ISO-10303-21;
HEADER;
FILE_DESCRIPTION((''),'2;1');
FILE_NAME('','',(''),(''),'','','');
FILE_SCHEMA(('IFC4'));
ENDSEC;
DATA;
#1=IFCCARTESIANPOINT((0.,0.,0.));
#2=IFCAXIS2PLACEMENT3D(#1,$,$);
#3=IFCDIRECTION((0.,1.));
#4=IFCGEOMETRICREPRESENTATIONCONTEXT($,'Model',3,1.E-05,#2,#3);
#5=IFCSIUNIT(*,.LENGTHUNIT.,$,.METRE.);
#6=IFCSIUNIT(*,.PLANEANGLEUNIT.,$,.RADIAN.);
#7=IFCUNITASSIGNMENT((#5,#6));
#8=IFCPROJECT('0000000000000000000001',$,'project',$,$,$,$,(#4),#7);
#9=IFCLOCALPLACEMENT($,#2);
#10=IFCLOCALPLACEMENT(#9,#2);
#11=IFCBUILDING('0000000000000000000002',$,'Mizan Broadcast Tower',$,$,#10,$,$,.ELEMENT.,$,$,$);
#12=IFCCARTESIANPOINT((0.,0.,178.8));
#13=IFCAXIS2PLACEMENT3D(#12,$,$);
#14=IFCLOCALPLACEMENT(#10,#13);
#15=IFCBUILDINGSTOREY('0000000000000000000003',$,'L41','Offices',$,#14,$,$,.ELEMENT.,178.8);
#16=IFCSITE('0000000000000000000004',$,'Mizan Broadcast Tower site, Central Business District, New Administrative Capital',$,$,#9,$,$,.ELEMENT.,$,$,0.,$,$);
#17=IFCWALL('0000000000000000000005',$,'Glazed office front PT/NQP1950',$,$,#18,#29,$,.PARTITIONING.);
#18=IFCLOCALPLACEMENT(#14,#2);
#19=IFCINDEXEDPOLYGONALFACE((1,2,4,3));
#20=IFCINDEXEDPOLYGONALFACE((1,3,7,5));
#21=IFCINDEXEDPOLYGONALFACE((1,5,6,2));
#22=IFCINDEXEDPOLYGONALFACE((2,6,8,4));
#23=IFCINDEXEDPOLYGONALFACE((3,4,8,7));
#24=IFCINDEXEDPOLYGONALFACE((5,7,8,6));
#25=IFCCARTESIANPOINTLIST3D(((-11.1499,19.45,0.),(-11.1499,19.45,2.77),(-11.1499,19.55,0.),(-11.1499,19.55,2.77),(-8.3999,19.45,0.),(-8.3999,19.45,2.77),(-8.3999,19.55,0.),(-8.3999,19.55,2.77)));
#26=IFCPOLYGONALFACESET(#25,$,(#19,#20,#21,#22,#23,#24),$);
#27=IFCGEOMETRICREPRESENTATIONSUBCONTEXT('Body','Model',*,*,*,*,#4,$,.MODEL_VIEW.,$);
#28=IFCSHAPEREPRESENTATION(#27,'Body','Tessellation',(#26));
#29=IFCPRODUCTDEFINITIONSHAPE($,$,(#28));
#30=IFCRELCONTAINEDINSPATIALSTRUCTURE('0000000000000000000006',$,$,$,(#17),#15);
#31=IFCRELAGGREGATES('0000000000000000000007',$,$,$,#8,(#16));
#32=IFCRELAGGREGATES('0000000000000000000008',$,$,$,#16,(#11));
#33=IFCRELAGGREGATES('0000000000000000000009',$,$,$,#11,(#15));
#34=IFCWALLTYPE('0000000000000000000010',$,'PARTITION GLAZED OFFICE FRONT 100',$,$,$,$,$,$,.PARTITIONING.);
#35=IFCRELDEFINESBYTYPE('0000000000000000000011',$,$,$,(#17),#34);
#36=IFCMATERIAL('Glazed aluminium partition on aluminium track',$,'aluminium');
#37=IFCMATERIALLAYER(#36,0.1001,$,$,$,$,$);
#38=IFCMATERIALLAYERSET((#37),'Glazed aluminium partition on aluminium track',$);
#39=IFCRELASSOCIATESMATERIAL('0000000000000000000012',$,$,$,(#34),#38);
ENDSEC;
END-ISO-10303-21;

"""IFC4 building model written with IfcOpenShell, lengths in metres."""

from ifc_helpers import new_model, si_unit, direction, frame, frame_2d, origin, place, context, subcontext, project, spatial, rectangle, extrude, material, layer, layer_set, type_object, element, save


model = new_model("IFC4")

# Units and contexts
model_context = context("Model", 3, precision=1e-05, world=origin(), true_north=direction((0.0, 1.0)))
body_context = subcontext(model_context, "Body", "Model", "MODEL_VIEW")
ifc_project = project(units=[si_unit("LENGTHUNIT", "METRE"), si_unit("PLANEANGLEUNIT", "RADIAN")], contexts=[model_context])

# Site, building, storey
site_placement = place(None, origin())
site = spatial("IfcSite", under=ifc_project, at=site_placement, Name="Mizan Broadcast Tower site, Central Business District, New Administrative Capital", CompositionType="ELEMENT", RefElevation=0.0)
building_placement = place(site_placement, origin())
building = spatial("IfcBuilding", under=site, at=building_placement, Name="Mizan Broadcast Tower", CompositionType="ELEMENT")
storey_placement = place(building_placement, frame((0.0, 0.0, 178.8)))
storey = spatial("IfcBuildingStorey", under=building, at=storey_placement, Name="L41", Description="Offices", CompositionType="ELEMENT", Elevation=178.8)

# Shared definitions
ifc_material_1 = material(Name="Glazed aluminium partition on aluminium track", Category="aluminium")
ifc_layer_1 = layer(ifc_material_1, 0.1001)
ifc_layer_set_1 = layer_set([ifc_layer_1], Name="Glazed aluminium partition on aluminium track")
wall_type_1 = type_object("IfcWallType", Name="PARTITION GLAZED OFFICE FRONT 100", PredefinedType="PARTITIONING", material=ifc_layer_set_1)

# Wall
wall_1_placement = place(storey_placement, frame((-8.3999, 19.5, 0.0), z_axis=(0.0, 0.0, 1.0), x_axis=(-1.0, 0.0, 0.0)))
element("IfcWall", 1, at=wall_1_placement, inside=storey, type_object=wall_type_1, Name="Glazed office front PT/NQP1950", PredefinedType="PARTITIONING", context=body_context, shape_type="SweptSolid", body=[
    extrude(rectangle(XDim=2.75, YDim=0.1001, at=frame_2d((1.375, 0.0))), origin(), (0.0, 0.0, 1.0), 2.77),
])

save(model, "model.ifc")
